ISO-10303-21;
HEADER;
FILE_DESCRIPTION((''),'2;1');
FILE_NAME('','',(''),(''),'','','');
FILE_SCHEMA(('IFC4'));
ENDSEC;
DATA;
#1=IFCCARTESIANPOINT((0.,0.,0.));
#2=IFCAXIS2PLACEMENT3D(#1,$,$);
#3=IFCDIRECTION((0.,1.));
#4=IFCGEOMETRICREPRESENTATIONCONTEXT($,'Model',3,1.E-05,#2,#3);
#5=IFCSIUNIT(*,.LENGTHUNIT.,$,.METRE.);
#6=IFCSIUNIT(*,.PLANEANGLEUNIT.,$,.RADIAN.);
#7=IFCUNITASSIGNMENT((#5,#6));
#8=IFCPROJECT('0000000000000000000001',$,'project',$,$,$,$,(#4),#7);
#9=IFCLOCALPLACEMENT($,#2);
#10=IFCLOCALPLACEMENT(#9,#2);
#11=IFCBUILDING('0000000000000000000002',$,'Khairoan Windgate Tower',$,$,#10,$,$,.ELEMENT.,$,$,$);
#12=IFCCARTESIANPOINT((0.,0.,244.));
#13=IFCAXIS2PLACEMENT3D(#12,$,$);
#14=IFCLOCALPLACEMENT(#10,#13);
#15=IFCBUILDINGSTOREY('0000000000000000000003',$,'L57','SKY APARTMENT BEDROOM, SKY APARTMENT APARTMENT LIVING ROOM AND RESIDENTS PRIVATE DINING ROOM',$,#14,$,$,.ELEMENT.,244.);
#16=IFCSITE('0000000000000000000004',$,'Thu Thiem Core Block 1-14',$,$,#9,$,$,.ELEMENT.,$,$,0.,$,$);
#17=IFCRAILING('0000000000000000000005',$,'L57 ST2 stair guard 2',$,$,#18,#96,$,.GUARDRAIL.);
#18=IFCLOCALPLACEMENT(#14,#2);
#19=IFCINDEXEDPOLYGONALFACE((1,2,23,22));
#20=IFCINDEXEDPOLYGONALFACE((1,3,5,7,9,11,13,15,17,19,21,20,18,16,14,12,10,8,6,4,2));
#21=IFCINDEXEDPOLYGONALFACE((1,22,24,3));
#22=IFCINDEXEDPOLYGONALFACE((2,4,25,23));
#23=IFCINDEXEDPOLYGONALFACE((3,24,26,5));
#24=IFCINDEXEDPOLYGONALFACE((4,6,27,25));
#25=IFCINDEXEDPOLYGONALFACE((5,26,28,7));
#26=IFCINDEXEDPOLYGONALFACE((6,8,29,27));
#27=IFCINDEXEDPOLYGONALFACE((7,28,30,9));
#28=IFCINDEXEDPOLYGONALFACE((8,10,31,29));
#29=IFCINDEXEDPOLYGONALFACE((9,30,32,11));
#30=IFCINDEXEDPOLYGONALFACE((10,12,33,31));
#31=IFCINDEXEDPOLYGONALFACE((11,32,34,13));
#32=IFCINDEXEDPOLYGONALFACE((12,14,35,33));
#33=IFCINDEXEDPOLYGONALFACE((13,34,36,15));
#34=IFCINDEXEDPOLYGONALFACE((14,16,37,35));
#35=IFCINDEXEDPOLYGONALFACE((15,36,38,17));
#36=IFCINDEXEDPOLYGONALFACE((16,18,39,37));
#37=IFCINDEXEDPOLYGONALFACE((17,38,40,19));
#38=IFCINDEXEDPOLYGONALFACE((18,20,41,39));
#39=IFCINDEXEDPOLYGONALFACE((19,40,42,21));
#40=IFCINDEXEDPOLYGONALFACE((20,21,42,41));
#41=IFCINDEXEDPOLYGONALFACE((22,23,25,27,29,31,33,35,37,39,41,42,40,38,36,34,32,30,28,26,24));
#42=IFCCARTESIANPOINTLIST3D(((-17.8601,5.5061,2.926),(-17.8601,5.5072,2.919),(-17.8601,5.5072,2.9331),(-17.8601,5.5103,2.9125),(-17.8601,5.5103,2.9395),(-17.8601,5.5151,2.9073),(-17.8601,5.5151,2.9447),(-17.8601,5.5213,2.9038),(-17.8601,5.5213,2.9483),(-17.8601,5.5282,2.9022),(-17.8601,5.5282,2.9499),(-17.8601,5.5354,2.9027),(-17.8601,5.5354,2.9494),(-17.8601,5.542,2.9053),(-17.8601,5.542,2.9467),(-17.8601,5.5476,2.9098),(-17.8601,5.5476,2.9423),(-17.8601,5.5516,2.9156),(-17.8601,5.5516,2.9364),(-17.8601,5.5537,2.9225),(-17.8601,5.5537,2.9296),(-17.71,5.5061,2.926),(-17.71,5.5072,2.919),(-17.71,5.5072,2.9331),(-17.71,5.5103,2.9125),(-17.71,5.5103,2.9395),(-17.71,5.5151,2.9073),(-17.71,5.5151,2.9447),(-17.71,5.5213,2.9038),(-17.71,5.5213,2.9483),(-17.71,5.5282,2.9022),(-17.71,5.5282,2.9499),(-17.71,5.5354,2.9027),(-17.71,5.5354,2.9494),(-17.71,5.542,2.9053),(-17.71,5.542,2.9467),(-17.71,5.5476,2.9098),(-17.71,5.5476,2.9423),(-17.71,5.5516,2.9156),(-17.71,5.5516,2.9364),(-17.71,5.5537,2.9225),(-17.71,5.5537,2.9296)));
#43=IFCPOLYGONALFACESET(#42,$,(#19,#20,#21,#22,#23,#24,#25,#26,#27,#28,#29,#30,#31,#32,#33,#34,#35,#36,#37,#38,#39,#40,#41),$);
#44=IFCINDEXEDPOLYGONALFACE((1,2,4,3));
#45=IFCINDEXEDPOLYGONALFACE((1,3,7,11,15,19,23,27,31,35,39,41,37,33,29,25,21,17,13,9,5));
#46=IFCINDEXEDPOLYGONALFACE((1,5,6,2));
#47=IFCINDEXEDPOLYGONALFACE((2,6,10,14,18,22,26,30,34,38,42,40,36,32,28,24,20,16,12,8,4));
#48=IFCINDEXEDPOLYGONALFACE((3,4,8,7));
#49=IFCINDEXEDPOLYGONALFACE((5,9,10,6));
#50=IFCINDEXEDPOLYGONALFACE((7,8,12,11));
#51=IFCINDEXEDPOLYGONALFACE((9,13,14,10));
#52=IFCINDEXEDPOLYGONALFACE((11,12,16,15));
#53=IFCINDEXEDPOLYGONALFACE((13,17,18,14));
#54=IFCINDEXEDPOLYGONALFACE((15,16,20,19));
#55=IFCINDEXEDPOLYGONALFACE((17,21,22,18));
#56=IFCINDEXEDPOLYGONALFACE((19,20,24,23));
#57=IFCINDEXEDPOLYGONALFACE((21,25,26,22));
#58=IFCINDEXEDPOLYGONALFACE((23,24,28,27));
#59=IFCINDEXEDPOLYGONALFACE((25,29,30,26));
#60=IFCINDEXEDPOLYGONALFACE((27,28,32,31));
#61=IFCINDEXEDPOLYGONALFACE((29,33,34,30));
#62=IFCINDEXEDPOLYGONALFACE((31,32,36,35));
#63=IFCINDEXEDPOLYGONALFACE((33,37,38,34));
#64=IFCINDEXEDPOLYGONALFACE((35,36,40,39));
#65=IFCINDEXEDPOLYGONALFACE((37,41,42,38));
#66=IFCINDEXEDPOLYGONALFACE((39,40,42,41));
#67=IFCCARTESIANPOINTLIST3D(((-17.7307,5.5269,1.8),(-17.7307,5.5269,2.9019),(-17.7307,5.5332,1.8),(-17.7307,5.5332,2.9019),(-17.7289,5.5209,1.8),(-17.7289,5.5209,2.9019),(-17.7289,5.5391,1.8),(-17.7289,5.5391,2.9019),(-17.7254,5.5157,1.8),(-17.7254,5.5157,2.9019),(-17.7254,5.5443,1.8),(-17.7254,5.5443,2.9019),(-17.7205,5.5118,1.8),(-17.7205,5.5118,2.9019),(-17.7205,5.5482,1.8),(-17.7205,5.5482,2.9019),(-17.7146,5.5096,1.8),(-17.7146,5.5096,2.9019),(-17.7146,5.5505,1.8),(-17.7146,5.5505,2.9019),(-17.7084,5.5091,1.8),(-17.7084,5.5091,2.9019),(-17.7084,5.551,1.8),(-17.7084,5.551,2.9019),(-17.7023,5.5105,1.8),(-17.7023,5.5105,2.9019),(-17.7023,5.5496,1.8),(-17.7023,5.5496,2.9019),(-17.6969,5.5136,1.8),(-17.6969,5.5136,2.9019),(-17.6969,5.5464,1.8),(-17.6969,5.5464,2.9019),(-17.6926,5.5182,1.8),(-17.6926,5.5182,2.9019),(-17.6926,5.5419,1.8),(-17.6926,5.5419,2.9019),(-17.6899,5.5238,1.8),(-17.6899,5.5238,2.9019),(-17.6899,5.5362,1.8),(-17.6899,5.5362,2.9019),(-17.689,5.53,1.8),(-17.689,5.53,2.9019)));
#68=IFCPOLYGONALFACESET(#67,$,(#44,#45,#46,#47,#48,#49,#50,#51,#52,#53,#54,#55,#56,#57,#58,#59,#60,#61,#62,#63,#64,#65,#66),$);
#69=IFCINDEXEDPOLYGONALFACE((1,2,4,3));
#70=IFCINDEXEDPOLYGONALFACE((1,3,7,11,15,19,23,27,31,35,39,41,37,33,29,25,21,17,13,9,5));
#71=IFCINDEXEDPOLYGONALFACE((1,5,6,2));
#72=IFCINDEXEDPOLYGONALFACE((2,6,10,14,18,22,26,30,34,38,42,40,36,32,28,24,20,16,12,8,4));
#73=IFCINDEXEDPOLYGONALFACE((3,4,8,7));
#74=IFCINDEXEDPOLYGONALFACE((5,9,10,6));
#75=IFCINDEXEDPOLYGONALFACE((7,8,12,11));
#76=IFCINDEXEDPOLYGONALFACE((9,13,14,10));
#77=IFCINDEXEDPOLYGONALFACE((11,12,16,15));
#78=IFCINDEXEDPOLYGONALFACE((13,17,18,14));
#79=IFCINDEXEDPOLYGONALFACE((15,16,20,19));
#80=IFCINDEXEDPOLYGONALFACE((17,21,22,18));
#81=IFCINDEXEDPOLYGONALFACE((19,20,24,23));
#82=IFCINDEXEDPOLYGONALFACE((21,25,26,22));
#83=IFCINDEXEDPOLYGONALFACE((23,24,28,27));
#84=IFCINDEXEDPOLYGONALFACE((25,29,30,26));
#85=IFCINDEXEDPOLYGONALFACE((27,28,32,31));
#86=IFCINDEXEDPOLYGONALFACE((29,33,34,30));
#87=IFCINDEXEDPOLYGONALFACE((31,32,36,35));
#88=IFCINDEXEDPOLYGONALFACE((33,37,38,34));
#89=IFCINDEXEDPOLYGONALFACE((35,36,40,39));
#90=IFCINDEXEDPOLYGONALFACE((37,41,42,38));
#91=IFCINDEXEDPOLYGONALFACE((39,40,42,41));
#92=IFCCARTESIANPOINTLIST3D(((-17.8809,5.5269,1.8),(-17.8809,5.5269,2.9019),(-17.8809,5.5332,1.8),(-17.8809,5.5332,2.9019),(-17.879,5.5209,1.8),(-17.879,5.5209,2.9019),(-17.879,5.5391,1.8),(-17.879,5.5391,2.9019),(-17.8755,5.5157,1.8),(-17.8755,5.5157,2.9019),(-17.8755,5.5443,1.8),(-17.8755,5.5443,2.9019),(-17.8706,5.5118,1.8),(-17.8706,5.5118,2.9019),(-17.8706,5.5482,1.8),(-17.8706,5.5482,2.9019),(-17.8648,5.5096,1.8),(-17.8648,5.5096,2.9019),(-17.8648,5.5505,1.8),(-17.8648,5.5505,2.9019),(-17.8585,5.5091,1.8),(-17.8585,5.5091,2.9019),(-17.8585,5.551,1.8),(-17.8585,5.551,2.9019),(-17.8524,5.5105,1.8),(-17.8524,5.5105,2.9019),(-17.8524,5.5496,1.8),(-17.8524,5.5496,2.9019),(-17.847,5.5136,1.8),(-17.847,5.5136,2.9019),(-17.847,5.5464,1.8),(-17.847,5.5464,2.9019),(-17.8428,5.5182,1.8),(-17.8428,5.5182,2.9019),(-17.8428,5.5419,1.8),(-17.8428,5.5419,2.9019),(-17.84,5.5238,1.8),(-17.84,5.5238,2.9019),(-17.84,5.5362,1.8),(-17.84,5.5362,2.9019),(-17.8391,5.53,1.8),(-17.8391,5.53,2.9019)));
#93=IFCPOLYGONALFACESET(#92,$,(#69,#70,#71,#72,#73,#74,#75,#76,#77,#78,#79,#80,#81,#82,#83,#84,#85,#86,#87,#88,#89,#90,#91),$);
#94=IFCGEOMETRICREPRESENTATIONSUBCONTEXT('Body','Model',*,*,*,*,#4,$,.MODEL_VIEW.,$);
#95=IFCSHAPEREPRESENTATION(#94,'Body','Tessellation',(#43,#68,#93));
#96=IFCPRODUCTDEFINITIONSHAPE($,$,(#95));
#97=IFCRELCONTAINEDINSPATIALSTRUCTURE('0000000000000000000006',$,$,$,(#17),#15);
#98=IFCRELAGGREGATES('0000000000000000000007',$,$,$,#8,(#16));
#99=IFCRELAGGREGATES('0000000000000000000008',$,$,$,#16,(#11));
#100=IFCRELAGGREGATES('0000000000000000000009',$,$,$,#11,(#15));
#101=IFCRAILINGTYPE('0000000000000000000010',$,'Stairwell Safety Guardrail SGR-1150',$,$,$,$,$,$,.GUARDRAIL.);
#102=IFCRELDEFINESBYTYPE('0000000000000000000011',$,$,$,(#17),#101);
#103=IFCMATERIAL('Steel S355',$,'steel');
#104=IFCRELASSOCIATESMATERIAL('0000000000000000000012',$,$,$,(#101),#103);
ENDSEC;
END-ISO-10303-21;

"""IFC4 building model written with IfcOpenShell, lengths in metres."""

from ifc_helpers import new_model, si_unit, direction, frame, origin, origin_2d, place, context, subcontext, project, spatial, circle, extrude, material, type_object, element, save


model = new_model("IFC4")

# Units and contexts
model_context = context("Model", 3, precision=1e-05, world=origin(), true_north=direction((0.0, 1.0)))
body_context = subcontext(model_context, "Body", "Model", "MODEL_VIEW")
ifc_project = project(units=[si_unit("LENGTHUNIT", "METRE"), si_unit("PLANEANGLEUNIT", "RADIAN")], contexts=[model_context])

# Site, building, storey
site_placement = place(None, origin())
site = spatial("IfcSite", under=ifc_project, at=site_placement, Name="Thu Thiem Core Block 1-14", CompositionType="ELEMENT", RefElevation=0.0)
building_placement = place(site_placement, origin())
building = spatial("IfcBuilding", under=site, at=building_placement, Name="Khairoan Windgate Tower", CompositionType="ELEMENT")
storey_placement = place(building_placement, frame((0.0, 0.0, 244.0)))
storey = spatial("IfcBuildingStorey", under=building, at=storey_placement, Name="L57", Description="SKY APARTMENT BEDROOM, SKY APARTMENT APARTMENT LIVING ROOM AND RESIDENTS PRIVATE DINING ROOM", CompositionType="ELEMENT", Elevation=244.0)

# Railing
ifc_material_1 = material(Name="Steel S355", Category="steel")
railing_type_1 = type_object("IfcRailingType", Name="Stairwell Safety Guardrail SGR-1150", PredefinedType="GUARDRAIL", material=ifc_material_1)
railing_1_placement = place(storey_placement, frame((-17.71, 5.53, 1.8)))
element("IfcRailing", 1, at=railing_1_placement, inside=storey, type_object=railing_type_1, Name="L57 ST2 stair guard 2", PredefinedType="GUARDRAIL", context=body_context, shape_type="SweptSolid", body=[
    extrude(circle(Radius=0.0239, at=origin_2d()), frame((0.0, 0.0, 1.126), z_axis=(-1.0, 0.0, 0.0), x_axis=(0.0, -1.0, 0.0)), (0.0, 0.0, 1.0), 0.1501),
    extrude(circle(Radius=0.021, at=origin_2d()), origin(), (0.0, 0.0, 1.0), 1.1018),
    extrude(circle(Radius=0.021, at=origin_2d()), frame((-0.1501, 0.0, 0.0)), (0.0, 0.0, 1.0), 1.1018),
])

save(model, "model.ifc")
